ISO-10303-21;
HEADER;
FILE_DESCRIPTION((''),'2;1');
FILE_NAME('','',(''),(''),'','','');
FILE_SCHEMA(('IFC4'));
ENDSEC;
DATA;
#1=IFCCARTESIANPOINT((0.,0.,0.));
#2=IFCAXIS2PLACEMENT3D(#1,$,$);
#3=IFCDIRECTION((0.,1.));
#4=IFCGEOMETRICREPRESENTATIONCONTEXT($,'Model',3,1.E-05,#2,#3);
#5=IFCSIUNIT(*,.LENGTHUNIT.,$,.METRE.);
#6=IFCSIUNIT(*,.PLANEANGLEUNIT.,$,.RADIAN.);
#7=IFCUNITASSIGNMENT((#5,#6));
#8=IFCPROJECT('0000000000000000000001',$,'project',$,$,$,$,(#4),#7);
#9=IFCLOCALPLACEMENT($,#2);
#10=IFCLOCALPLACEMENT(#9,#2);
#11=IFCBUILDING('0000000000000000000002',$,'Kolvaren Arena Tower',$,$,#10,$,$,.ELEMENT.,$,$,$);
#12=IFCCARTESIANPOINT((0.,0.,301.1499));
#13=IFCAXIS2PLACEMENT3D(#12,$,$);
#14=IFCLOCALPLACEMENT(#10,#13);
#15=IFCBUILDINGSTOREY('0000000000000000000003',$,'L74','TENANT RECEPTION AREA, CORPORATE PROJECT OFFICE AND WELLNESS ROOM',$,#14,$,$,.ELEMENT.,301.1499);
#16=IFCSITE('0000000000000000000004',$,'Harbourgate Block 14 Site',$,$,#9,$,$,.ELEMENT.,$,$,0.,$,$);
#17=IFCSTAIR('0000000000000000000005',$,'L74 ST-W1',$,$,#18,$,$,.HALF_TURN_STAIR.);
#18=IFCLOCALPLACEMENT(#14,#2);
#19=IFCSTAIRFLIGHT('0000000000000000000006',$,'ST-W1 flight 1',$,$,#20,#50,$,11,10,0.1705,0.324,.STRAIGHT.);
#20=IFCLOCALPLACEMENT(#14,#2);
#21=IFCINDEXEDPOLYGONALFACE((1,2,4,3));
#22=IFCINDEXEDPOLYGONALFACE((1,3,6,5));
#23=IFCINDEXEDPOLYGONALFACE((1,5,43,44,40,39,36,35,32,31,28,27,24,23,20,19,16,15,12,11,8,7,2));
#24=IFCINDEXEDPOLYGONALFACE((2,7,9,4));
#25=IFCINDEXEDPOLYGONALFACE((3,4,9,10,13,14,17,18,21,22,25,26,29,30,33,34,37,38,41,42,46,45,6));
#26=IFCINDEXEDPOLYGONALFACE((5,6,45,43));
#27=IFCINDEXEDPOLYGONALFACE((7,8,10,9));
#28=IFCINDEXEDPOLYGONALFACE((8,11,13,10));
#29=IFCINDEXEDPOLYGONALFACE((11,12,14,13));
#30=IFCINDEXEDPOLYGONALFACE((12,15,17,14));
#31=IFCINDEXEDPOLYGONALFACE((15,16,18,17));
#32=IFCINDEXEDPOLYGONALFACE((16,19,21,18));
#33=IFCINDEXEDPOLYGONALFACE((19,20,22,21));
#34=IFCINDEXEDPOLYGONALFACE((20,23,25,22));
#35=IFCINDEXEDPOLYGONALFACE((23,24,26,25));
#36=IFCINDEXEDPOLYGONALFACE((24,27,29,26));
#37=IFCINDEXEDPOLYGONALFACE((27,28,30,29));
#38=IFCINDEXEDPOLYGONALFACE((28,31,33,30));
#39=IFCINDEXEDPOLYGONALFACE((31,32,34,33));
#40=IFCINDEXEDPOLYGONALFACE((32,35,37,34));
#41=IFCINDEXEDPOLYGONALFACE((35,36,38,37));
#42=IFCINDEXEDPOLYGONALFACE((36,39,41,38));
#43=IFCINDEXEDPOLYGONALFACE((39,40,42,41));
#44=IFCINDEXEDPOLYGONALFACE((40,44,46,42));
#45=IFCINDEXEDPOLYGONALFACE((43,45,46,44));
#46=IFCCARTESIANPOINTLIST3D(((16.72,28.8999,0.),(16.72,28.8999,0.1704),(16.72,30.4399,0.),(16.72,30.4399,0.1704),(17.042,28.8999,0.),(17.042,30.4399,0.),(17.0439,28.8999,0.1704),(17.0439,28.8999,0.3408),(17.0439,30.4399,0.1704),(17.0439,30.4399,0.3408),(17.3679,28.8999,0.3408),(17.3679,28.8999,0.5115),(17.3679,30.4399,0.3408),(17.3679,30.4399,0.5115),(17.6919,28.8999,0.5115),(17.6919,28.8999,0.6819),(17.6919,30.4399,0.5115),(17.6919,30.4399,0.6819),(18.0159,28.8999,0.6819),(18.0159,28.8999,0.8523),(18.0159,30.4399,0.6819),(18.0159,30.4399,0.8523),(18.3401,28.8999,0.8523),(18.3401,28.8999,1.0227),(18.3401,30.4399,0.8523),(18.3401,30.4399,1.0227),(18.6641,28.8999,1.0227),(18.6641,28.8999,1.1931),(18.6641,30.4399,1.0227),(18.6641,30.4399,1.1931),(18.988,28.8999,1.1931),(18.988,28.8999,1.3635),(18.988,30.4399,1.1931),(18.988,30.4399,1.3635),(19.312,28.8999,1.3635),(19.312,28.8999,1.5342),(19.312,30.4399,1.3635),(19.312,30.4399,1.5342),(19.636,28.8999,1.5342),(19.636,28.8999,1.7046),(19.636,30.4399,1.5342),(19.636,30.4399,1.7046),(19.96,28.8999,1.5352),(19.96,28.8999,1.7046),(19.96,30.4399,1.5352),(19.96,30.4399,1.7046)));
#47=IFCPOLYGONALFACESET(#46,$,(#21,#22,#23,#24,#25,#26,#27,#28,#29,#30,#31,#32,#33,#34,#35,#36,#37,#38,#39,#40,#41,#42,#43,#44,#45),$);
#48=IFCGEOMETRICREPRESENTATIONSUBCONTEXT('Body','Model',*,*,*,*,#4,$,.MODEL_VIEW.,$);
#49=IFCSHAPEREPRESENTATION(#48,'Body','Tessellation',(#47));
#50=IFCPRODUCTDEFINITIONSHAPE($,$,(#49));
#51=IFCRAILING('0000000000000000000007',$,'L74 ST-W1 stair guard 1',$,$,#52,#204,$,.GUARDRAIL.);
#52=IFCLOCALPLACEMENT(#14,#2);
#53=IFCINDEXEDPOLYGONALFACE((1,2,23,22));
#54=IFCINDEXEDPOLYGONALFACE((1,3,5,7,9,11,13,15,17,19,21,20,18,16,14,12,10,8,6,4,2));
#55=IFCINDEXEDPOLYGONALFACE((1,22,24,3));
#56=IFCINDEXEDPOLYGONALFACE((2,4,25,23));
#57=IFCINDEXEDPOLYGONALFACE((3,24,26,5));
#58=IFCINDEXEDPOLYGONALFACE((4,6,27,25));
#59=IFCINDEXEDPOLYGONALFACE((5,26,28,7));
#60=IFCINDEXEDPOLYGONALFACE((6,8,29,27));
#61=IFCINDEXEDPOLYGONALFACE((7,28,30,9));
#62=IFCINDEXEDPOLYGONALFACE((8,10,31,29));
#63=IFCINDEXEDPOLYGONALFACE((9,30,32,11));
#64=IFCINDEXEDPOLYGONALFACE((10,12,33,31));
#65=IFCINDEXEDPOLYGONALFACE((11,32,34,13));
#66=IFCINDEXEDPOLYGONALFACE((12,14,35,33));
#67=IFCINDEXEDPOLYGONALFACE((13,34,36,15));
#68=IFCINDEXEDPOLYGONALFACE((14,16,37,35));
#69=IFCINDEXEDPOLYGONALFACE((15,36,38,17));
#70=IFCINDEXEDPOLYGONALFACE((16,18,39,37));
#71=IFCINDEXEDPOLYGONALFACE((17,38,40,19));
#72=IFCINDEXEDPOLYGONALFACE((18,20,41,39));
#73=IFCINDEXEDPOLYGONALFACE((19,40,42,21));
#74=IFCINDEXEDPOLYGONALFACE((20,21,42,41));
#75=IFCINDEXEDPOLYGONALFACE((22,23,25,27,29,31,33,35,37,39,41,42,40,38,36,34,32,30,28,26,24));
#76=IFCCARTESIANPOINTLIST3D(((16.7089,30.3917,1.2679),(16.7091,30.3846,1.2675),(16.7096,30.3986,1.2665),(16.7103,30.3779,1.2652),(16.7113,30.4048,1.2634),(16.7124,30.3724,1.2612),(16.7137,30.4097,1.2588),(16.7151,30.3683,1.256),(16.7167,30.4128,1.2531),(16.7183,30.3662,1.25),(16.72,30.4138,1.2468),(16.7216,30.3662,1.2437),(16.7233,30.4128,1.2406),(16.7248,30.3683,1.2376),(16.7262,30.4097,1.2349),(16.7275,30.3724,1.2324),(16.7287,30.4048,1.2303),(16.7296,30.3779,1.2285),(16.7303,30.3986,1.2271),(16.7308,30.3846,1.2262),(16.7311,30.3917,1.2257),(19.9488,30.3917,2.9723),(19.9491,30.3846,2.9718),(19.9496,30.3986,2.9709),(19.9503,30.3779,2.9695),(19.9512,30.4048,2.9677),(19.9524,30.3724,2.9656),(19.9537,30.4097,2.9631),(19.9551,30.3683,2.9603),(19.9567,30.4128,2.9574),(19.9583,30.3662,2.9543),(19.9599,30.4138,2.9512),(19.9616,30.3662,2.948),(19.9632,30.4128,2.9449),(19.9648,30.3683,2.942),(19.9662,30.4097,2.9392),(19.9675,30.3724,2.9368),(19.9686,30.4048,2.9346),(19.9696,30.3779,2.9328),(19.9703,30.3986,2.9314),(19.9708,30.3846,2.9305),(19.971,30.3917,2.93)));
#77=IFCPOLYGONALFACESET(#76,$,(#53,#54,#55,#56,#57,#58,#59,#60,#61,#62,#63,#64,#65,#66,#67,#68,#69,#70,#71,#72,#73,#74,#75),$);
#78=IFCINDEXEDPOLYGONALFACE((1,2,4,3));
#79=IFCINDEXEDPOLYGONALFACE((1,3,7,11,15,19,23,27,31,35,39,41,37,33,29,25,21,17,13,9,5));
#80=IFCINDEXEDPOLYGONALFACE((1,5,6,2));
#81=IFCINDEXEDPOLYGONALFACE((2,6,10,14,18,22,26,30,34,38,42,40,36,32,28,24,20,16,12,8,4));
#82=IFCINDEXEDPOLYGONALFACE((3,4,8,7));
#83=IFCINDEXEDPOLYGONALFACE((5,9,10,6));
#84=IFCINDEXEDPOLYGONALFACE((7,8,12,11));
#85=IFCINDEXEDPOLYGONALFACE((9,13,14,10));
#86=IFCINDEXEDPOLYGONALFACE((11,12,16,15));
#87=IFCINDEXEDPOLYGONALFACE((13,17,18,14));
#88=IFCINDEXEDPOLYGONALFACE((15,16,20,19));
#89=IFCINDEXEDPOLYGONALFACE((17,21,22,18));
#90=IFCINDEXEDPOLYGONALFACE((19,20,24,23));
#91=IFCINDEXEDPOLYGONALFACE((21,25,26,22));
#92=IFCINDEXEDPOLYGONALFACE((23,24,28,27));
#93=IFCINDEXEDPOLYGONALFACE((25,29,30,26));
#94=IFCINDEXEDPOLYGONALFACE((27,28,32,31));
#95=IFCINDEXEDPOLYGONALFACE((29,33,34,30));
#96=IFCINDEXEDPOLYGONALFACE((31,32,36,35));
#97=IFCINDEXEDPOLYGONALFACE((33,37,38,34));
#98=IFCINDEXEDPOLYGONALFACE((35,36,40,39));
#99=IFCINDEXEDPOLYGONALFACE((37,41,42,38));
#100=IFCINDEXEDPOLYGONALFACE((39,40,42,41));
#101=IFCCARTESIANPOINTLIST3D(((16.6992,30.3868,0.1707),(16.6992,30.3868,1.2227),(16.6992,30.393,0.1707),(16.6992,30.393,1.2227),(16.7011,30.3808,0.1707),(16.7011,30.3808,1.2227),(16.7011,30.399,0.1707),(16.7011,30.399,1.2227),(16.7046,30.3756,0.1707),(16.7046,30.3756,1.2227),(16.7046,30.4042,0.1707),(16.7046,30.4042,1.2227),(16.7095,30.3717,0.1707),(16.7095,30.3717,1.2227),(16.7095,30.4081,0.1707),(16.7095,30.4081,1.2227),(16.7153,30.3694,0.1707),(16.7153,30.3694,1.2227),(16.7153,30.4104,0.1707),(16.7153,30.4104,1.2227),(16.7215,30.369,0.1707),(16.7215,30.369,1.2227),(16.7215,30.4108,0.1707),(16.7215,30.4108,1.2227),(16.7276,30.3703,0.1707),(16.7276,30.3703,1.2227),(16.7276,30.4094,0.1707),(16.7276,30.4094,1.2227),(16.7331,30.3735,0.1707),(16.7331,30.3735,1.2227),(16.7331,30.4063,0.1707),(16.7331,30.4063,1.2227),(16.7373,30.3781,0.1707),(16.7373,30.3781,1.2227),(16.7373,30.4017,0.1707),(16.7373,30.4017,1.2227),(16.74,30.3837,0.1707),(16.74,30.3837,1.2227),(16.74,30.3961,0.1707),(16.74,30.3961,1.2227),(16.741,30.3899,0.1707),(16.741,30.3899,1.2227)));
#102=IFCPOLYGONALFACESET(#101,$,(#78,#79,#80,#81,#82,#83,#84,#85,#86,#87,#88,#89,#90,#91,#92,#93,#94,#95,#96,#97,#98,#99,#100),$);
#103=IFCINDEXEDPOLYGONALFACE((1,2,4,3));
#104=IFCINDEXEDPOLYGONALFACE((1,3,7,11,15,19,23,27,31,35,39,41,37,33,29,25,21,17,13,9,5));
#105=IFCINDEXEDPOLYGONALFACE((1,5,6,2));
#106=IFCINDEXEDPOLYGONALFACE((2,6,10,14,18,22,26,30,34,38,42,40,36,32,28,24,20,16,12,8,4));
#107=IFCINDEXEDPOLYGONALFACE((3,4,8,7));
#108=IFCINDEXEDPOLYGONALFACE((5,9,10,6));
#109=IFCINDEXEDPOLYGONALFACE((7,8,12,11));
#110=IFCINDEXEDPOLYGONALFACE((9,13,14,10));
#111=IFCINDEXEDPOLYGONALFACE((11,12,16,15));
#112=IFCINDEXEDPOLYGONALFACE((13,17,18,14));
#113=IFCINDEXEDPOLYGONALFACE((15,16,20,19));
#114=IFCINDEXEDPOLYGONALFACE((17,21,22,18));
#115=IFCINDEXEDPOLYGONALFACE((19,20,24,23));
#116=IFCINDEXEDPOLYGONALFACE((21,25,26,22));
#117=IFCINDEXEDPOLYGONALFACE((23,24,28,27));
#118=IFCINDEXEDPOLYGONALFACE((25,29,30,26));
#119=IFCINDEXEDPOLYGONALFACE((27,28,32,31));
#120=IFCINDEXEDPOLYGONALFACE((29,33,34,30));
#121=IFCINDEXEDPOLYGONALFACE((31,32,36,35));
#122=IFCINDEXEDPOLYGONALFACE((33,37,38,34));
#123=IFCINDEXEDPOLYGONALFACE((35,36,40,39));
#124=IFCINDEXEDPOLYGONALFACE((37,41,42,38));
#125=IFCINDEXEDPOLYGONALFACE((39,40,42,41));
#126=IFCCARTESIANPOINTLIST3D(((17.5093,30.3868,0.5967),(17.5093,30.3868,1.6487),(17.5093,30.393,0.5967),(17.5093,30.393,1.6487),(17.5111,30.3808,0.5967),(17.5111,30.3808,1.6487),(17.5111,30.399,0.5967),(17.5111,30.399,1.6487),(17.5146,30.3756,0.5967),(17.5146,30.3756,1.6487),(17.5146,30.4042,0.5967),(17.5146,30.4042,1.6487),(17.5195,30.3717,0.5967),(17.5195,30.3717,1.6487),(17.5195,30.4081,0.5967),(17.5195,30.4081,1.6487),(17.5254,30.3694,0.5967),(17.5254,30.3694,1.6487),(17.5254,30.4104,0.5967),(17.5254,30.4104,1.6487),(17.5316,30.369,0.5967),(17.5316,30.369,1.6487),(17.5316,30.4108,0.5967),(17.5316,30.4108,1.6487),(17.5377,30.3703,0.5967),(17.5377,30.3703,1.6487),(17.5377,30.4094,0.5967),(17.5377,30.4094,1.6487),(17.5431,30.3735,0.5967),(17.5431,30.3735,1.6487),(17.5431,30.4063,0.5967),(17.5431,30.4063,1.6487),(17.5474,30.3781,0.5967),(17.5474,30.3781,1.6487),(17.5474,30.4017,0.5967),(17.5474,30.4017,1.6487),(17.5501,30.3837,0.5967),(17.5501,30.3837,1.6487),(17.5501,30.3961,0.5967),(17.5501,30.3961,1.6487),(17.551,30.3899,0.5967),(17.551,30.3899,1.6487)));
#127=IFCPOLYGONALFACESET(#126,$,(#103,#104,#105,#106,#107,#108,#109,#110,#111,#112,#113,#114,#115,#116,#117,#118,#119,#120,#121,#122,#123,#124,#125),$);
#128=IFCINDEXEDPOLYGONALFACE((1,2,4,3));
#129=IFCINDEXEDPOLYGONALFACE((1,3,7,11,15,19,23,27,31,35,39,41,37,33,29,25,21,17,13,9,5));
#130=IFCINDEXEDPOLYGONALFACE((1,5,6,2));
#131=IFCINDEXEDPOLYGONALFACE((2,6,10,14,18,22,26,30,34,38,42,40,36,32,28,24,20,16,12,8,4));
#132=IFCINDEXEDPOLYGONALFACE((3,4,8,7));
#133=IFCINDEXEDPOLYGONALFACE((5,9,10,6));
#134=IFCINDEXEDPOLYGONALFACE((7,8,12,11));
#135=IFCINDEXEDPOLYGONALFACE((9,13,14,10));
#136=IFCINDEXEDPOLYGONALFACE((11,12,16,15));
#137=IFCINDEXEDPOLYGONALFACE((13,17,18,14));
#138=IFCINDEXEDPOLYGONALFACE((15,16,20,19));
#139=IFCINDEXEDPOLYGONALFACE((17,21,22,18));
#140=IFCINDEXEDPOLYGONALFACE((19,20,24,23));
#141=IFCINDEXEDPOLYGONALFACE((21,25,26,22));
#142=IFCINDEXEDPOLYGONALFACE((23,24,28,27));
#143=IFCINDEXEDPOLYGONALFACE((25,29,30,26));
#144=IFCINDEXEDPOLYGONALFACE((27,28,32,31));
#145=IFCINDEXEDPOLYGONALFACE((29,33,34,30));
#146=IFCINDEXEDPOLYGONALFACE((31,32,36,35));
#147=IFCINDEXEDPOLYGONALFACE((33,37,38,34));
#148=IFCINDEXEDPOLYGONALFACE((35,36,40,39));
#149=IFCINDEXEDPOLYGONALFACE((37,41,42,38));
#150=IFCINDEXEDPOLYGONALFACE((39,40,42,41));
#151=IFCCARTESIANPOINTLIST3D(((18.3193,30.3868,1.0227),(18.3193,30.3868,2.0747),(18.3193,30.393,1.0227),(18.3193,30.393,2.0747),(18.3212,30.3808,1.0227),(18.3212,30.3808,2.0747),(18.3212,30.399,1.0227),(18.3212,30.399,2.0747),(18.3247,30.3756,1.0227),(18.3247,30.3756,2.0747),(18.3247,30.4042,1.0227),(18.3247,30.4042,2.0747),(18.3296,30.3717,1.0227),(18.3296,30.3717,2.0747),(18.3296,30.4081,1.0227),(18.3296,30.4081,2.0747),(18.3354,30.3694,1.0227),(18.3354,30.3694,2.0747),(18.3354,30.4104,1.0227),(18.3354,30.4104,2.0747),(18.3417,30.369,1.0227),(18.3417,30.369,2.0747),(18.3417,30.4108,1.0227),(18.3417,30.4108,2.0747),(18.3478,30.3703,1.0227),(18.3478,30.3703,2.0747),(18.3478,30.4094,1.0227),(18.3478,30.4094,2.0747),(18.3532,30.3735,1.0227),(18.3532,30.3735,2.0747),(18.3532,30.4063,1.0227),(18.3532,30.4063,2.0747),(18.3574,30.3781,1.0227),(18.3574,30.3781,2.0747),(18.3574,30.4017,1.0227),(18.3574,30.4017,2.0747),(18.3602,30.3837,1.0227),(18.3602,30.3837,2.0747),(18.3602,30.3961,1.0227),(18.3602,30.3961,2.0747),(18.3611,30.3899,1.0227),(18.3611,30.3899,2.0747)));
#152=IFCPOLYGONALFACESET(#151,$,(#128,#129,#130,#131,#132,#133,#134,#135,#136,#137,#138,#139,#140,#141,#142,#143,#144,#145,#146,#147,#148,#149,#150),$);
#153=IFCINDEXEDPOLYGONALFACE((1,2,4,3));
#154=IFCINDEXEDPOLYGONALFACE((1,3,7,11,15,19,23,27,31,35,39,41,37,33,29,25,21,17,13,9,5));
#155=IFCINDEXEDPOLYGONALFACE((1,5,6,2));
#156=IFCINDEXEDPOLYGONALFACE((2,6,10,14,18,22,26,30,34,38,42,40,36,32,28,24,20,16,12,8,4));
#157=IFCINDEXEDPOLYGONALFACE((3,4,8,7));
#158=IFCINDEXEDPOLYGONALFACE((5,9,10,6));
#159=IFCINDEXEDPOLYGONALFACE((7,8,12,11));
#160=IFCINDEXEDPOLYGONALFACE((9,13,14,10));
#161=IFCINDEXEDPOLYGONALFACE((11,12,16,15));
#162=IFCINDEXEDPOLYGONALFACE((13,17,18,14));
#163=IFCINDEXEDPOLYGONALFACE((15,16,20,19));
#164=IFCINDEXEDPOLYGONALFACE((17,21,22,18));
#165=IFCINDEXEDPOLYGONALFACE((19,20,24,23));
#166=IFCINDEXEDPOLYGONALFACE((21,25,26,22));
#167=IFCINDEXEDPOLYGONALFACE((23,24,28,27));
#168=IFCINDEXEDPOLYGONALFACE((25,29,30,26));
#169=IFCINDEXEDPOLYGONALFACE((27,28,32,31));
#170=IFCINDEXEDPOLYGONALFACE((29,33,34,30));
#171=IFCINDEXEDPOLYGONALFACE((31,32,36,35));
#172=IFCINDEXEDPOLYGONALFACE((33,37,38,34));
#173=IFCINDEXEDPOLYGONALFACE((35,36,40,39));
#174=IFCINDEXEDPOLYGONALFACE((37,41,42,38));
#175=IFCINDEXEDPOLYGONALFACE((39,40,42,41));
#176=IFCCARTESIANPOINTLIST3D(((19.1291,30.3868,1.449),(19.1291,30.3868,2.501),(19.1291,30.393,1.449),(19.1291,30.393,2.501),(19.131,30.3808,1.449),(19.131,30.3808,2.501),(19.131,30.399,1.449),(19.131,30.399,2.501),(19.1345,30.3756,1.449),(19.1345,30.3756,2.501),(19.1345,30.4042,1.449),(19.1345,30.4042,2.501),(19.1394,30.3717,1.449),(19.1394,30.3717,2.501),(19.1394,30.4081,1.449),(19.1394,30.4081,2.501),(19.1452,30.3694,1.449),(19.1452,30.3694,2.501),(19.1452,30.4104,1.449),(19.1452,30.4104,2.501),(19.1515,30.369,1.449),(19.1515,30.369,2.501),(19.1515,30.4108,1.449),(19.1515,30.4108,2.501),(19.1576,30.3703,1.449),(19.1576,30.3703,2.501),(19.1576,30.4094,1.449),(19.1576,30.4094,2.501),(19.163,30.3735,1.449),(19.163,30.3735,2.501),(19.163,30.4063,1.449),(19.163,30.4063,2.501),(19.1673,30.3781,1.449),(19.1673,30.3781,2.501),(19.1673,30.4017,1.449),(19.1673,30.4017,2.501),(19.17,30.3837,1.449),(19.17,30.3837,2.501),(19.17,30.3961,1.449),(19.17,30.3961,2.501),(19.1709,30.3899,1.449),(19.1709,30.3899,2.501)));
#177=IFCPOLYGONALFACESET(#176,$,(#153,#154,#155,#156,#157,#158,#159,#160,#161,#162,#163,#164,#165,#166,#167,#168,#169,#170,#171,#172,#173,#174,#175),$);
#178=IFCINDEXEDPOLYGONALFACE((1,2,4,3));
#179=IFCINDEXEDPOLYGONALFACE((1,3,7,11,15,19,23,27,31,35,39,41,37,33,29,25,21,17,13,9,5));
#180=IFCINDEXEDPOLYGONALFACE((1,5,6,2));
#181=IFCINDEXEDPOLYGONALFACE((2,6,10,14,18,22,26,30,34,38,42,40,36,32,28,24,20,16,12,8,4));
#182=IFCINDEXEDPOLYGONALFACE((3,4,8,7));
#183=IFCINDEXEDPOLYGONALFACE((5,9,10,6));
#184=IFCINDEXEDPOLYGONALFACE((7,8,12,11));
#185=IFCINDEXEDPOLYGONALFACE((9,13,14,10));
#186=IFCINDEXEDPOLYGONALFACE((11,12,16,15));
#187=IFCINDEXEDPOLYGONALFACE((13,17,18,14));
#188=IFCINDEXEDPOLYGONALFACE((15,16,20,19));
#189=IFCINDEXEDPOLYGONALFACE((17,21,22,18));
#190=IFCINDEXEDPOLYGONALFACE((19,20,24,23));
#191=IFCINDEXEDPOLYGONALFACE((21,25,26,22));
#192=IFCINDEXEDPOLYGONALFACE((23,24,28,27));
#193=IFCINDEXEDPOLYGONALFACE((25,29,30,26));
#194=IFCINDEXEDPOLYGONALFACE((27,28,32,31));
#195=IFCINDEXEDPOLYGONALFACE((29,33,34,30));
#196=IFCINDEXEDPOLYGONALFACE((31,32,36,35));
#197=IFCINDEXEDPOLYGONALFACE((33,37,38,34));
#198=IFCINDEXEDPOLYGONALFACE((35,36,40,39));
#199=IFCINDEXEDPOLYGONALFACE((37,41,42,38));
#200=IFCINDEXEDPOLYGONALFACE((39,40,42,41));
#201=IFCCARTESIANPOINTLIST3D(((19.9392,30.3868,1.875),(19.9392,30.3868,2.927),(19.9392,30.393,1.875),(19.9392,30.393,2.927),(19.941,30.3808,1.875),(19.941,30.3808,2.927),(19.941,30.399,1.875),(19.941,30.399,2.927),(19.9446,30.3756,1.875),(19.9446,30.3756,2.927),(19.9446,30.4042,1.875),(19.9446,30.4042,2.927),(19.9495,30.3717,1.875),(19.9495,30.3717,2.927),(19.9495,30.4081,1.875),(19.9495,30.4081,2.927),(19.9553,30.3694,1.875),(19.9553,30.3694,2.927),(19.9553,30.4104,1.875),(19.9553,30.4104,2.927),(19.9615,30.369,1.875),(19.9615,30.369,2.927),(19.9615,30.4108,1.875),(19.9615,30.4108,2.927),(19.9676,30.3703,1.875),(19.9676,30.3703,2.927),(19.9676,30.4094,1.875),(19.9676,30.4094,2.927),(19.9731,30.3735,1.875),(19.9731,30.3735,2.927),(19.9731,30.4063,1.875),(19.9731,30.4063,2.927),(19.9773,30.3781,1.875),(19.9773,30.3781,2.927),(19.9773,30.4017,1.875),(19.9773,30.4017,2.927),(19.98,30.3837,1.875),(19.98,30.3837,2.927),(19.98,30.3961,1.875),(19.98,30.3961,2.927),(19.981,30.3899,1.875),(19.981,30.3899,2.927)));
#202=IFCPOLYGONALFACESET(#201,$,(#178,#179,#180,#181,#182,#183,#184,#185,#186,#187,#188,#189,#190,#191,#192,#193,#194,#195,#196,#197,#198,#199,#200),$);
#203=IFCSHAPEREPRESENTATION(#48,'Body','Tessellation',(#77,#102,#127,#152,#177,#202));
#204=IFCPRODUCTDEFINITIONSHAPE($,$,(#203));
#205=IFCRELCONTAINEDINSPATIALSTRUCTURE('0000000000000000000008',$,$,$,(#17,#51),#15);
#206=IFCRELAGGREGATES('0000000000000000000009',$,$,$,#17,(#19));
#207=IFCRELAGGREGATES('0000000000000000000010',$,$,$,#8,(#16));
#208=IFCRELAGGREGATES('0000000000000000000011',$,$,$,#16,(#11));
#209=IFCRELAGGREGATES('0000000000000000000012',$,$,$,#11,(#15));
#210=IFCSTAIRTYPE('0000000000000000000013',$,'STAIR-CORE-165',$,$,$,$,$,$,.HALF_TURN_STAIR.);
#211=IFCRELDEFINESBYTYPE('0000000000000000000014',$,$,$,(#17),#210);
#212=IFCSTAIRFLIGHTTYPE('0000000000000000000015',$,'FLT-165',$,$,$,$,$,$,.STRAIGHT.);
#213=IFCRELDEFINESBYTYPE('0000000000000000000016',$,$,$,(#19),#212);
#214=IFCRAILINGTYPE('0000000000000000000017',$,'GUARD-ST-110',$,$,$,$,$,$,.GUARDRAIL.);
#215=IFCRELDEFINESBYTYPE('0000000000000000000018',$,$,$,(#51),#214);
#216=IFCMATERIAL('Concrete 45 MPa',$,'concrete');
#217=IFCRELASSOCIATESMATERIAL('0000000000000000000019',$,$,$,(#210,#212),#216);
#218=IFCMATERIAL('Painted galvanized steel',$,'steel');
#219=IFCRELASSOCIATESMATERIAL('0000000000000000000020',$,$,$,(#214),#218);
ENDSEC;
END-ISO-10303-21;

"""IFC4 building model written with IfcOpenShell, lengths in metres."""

from ifc_helpers import new_model, si_unit, direction, frame, origin, origin_2d, place, context, subcontext, project, spatial, polyline, circle, outline, extrude, material, type_object, element, aggregate, save


model = new_model("IFC4")

# Units and contexts
model_context = context("Model", 3, precision=1e-05, world=origin(), true_north=direction((0.0, 1.0)))
body_context = subcontext(model_context, "Body", "Model", "MODEL_VIEW")
ifc_project = project(units=[si_unit("LENGTHUNIT", "METRE"), si_unit("PLANEANGLEUNIT", "RADIAN")], contexts=[model_context])

# Site, building, storey
site_placement = place(None, origin())
site = spatial("IfcSite", under=ifc_project, at=site_placement, Name="Harbourgate Block 14 Site", CompositionType="ELEMENT", RefElevation=0.0)
building_placement = place(site_placement, origin())
building = spatial("IfcBuilding", under=site, at=building_placement, Name="Kolvaren Arena Tower", CompositionType="ELEMENT")
storey_placement = place(building_placement, frame((0.0, 0.0, 301.1499)))
storey = spatial("IfcBuildingStorey", under=building, at=storey_placement, Name="L74", Description="TENANT RECEPTION AREA, CORPORATE PROJECT OFFICE AND WELLNESS ROOM", CompositionType="ELEMENT", Elevation=301.1499)

# Shared definitions
ifc_material_1 = material(Name="Concrete 45 MPa", Category="concrete")

# Stair, stair flight
stair_type = type_object("IfcStairType", Name="STAIR-CORE-165", PredefinedType="HALF_TURN_STAIR", material=ifc_material_1)
stair_placement = place(storey_placement, origin())
stair = element("IfcStair", 1, at=stair_placement, inside=storey, type_object=stair_type, Name="L74 ST-W1", PredefinedType="HALF_TURN_STAIR")
stair_flight_type = type_object("IfcStairFlightType", Name="FLT-165", PredefinedType="STRAIGHT", material=ifc_material_1)
stair_flight_placement = place(storey_placement, frame((16.72, 29.6699, 0.0), z_axis=(0.0, 0.0, 1.0), x_axis=(1.0, 0.0, 0.0)))
stair_flight = element("IfcStairFlight", 2, at=stair_flight_placement, type_object=stair_flight_type, Name="ST-W1 flight 1", NumberOfRisers=11, NumberOfTreads=10, PredefinedType="STRAIGHT", RiserHeight=0.1705, TreadLength=0.324, context=body_context, shape_type="SweptSolid", body=[
    extrude(outline(polyline([(0.0, 0.0), (0.0, 0.1704), (0.324, 0.1704), (0.324, 0.3408), (0.6479, 0.3408), (0.6479, 0.5115), (0.9719, 0.5115), (0.9719, 0.6819), (1.2959, 0.6819), (1.2959, 0.8523), (1.6201, 0.8523), (1.6201, 1.0227), (1.9441, 1.0227), (1.9441, 1.1931), (2.2681, 1.1931), (2.2681, 1.3635), (2.592, 1.3635), (2.592, 1.5342), (2.916, 1.5342), (2.916, 1.7046), (3.24, 1.7046), (3.24, 1.875), (3.24, 1.5352), (0.322, 0.0), (0.0, 0.0)])), frame((0.0, 0.77, 0.0), z_axis=(0.0, -1.0, 0.0), x_axis=(1.0, 0.0, 0.0)), (0.0, 0.0, 1.0), 1.54),
])
aggregate(stair, [stair_flight])

# Railing
ifc_material_2 = material(Name="Painted galvanized steel", Category="steel")
railing_type_1 = type_object("IfcRailingType", Name="GUARD-ST-110", PredefinedType="GUARDRAIL", material=ifc_material_2)
railing_1_placement = place(storey_placement, frame((16.72, 30.3899, 0.1707)))
element("IfcRailing", 3, at=railing_1_placement, inside=storey, type_object=railing_type_1, Name="L74 ST-W1 stair guard 1", PredefinedType="GUARDRAIL", context=body_context, shape_type="SweptSolid", body=[
    extrude(circle(Radius=0.0239, at=origin_2d()), frame((0.0, 0.0, 1.0762), z_axis=(0.885021, 0.0, 0.465551), x_axis=(0.0, 1.0, 0.0)), (0.0, 0.0, 1.0), 3.6609),
    extrude(circle(Radius=0.021, at=origin_2d()), origin(), (0.0, 0.0, 1.0), 1.052),
    extrude(circle(Radius=0.021, at=origin_2d()), frame((0.8101, 0.0, 0.426)), (0.0, 0.0, 1.0), 1.052),
    extrude(circle(Radius=0.021, at=origin_2d()), frame((1.6201, 0.0, 0.8521)), (0.0, 0.0, 1.0), 1.052),
    extrude(circle(Radius=0.021, at=origin_2d()), frame((2.4299, 0.0, 1.2783)), (0.0, 0.0, 1.0), 1.052),
    extrude(circle(Radius=0.021, at=origin_2d()), frame((3.24, 0.0, 1.7043)), (0.0, 0.0, 1.0), 1.052),
])

save(model, "model.ifc")
